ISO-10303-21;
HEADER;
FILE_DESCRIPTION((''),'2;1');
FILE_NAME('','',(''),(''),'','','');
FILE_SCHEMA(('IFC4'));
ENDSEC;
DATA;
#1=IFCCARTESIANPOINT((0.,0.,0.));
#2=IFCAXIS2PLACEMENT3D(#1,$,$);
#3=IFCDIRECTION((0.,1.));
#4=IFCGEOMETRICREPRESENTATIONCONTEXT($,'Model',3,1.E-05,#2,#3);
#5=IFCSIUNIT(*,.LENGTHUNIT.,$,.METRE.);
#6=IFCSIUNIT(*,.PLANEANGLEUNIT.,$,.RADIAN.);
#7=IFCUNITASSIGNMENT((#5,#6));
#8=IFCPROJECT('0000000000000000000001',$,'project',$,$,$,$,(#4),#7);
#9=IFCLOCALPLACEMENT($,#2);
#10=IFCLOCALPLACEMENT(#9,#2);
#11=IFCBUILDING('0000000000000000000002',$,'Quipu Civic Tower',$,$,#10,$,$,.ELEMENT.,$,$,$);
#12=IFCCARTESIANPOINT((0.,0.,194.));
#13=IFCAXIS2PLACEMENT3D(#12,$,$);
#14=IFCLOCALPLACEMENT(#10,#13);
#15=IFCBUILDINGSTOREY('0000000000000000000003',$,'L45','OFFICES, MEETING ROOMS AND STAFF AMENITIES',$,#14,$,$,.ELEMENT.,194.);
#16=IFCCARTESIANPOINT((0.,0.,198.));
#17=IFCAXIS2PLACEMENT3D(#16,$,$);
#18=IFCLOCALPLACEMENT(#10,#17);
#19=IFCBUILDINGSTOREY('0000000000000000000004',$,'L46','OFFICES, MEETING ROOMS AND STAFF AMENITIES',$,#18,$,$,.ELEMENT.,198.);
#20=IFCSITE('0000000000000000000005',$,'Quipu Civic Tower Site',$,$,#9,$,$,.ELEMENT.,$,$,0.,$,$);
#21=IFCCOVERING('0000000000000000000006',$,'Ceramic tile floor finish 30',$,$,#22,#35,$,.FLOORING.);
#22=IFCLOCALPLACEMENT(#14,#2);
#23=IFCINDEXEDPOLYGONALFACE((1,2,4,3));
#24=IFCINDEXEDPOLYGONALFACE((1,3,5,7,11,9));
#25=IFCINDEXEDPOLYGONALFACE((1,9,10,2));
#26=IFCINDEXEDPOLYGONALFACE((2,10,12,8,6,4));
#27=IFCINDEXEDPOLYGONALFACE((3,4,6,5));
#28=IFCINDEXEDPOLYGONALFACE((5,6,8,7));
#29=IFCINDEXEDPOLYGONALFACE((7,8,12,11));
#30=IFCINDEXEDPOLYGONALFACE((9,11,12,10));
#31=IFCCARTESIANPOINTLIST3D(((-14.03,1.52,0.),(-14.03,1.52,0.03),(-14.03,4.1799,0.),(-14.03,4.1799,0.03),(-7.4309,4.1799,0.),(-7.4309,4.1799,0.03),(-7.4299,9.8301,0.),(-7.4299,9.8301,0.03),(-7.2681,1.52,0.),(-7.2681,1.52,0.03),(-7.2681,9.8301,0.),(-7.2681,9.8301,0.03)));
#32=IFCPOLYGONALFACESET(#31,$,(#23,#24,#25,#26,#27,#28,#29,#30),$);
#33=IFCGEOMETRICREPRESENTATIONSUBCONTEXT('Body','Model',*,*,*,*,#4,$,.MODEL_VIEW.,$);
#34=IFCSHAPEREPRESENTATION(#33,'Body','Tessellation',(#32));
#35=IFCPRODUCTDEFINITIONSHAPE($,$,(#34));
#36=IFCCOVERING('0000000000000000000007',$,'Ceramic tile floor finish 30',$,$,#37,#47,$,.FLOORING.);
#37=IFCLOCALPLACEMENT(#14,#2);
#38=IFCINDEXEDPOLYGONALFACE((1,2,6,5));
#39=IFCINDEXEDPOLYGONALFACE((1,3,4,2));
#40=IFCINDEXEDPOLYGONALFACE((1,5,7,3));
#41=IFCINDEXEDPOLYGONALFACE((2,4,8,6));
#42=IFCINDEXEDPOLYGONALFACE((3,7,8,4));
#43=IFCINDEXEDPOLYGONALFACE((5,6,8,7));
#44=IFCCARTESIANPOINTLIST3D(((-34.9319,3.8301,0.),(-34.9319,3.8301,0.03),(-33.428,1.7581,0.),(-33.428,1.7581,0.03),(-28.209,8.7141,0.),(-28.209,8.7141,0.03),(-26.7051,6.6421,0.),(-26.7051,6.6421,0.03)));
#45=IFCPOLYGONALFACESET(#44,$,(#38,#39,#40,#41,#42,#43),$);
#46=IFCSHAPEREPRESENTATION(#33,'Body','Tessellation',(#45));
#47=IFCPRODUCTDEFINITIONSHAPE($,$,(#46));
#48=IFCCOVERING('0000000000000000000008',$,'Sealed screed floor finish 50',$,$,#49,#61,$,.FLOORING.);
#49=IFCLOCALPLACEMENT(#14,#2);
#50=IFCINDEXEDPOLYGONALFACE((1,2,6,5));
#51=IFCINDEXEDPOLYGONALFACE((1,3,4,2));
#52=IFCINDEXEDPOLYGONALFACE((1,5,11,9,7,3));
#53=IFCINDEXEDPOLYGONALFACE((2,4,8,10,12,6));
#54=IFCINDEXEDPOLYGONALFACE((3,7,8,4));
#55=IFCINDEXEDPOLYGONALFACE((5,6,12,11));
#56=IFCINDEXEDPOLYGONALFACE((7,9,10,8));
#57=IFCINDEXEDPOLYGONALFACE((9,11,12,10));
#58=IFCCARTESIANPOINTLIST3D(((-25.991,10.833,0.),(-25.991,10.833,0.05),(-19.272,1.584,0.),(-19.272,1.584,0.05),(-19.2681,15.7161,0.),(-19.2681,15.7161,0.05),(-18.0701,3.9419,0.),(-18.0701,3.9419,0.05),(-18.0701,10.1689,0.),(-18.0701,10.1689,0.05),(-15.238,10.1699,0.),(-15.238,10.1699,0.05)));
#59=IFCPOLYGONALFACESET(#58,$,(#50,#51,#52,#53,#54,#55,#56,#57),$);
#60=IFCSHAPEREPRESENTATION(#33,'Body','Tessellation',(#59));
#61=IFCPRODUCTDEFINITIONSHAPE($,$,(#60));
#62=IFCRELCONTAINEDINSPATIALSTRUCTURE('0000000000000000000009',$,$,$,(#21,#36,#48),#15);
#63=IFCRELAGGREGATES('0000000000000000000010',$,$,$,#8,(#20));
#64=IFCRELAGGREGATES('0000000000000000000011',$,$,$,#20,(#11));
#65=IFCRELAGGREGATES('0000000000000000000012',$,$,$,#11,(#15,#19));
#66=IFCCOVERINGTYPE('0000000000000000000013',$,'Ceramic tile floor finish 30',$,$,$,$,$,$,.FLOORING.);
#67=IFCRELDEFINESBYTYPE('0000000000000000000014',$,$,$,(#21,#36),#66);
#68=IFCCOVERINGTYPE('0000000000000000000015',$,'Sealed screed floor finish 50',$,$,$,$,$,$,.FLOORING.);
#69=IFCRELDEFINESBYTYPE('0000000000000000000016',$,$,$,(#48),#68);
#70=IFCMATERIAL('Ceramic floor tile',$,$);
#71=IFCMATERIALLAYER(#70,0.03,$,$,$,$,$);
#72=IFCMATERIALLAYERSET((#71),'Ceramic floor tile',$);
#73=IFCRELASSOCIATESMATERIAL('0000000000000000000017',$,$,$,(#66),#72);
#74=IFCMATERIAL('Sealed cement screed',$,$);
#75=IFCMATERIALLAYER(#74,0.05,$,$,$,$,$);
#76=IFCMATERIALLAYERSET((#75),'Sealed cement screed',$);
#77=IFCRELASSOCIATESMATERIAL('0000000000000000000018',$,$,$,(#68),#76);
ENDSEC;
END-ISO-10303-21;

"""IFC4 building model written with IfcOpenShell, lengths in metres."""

from ifc_helpers import new_model, si_unit, direction, frame, origin, place, context, subcontext, project, spatial, polyline, outline, extrude, material, layer, layer_set, type_object, element, save


model = new_model("IFC4")

# Units and contexts
model_context = context("Model", 3, precision=1e-05, world=origin(), true_north=direction((0.0, 1.0)))
body_context = subcontext(model_context, "Body", "Model", "MODEL_VIEW")
ifc_project = project(units=[si_unit("LENGTHUNIT", "METRE"), si_unit("PLANEANGLEUNIT", "RADIAN")], contexts=[model_context])

# Site, building, storey
site_placement = place(None, origin())
site = spatial("IfcSite", under=ifc_project, at=site_placement, Name="Quipu Civic Tower Site", CompositionType="ELEMENT", RefElevation=0.0)
building_placement = place(site_placement, origin())
building = spatial("IfcBuilding", under=site, at=building_placement, Name="Quipu Civic Tower", CompositionType="ELEMENT")
storey_1_placement = place(building_placement, frame((0.0, 0.0, 194.0)))
storey_1 = spatial("IfcBuildingStorey", under=building, at=storey_1_placement, Name="L45", Description="OFFICES, MEETING ROOMS AND STAFF AMENITIES", CompositionType="ELEMENT", Elevation=194.0)

# Shared definitions
storey_2_placement = place(building_placement, frame((0.0, 0.0, 198.0)))
storey_2 = spatial("IfcBuildingStorey", under=building, at=storey_2_placement, Name="L46", Description="OFFICES, MEETING ROOMS AND STAFF AMENITIES", CompositionType="ELEMENT", Elevation=198.0)

# Coverings
ifc_material_1 = material(Name="Ceramic floor tile")
ifc_layer_1 = layer(ifc_material_1, 0.03)
ifc_layer_set_1 = layer_set([ifc_layer_1], Name="Ceramic floor tile")
covering_type_1 = type_object("IfcCoveringType", Name="Ceramic tile floor finish 30", PredefinedType="FLOORING", material=ifc_layer_set_1)
covering_1_placement = place(storey_1_placement, origin())
element("IfcCovering", 1, at=covering_1_placement, inside=storey_1, type_object=covering_type_1, Name="Ceramic tile floor finish 30", PredefinedType="FLOORING", context=body_context, shape_type="SweptSolid", body=[
    extrude(outline(polyline([(-14.03, 4.1799), (-7.4309, 4.1799), (-7.4299, 9.8301), (-7.2681, 9.8301), (-7.2681, 1.52), (-14.03, 1.52), (-14.03, 4.1799)])), origin(), (0.0, 0.0, 1.0), 0.03),
])
covering_2_placement = place(storey_1_placement, origin())
element("IfcCovering", 2, at=covering_2_placement, inside=storey_1, type_object=covering_type_1, Name="Ceramic tile floor finish 30", PredefinedType="FLOORING", context=body_context, shape_type="SweptSolid", body=[
    extrude(outline(polyline([(-34.9319, 3.8301), (-28.209, 8.7141), (-26.7051, 6.6421), (-33.428, 1.7581), (-34.9319, 3.8301)])), origin(), (0.0, 0.0, 1.0), 0.03),
])
ifc_material_2 = material(Name="Sealed cement screed")
ifc_layer_2 = layer(ifc_material_2, 0.05)
ifc_layer_set_2 = layer_set([ifc_layer_2], Name="Sealed cement screed")
covering_type_2 = type_object("IfcCoveringType", Name="Sealed screed floor finish 50", PredefinedType="FLOORING", material=ifc_layer_set_2)
covering_3_placement = place(storey_1_placement, origin())
element("IfcCovering", 3, at=covering_3_placement, inside=storey_1, type_object=covering_type_2, Name="Sealed screed floor finish 50", PredefinedType="FLOORING", context=body_context, shape_type="SweptSolid", body=[
    extrude(outline(polyline([(-25.991, 10.833), (-19.2681, 15.7161), (-15.238, 10.1699), (-18.0701, 10.1689), (-18.0701, 3.9419), (-19.272, 1.584), (-25.991, 10.833)])), origin(), (0.0, 0.0, 1.0), 0.05),
])

save(model, "model.ifc")
